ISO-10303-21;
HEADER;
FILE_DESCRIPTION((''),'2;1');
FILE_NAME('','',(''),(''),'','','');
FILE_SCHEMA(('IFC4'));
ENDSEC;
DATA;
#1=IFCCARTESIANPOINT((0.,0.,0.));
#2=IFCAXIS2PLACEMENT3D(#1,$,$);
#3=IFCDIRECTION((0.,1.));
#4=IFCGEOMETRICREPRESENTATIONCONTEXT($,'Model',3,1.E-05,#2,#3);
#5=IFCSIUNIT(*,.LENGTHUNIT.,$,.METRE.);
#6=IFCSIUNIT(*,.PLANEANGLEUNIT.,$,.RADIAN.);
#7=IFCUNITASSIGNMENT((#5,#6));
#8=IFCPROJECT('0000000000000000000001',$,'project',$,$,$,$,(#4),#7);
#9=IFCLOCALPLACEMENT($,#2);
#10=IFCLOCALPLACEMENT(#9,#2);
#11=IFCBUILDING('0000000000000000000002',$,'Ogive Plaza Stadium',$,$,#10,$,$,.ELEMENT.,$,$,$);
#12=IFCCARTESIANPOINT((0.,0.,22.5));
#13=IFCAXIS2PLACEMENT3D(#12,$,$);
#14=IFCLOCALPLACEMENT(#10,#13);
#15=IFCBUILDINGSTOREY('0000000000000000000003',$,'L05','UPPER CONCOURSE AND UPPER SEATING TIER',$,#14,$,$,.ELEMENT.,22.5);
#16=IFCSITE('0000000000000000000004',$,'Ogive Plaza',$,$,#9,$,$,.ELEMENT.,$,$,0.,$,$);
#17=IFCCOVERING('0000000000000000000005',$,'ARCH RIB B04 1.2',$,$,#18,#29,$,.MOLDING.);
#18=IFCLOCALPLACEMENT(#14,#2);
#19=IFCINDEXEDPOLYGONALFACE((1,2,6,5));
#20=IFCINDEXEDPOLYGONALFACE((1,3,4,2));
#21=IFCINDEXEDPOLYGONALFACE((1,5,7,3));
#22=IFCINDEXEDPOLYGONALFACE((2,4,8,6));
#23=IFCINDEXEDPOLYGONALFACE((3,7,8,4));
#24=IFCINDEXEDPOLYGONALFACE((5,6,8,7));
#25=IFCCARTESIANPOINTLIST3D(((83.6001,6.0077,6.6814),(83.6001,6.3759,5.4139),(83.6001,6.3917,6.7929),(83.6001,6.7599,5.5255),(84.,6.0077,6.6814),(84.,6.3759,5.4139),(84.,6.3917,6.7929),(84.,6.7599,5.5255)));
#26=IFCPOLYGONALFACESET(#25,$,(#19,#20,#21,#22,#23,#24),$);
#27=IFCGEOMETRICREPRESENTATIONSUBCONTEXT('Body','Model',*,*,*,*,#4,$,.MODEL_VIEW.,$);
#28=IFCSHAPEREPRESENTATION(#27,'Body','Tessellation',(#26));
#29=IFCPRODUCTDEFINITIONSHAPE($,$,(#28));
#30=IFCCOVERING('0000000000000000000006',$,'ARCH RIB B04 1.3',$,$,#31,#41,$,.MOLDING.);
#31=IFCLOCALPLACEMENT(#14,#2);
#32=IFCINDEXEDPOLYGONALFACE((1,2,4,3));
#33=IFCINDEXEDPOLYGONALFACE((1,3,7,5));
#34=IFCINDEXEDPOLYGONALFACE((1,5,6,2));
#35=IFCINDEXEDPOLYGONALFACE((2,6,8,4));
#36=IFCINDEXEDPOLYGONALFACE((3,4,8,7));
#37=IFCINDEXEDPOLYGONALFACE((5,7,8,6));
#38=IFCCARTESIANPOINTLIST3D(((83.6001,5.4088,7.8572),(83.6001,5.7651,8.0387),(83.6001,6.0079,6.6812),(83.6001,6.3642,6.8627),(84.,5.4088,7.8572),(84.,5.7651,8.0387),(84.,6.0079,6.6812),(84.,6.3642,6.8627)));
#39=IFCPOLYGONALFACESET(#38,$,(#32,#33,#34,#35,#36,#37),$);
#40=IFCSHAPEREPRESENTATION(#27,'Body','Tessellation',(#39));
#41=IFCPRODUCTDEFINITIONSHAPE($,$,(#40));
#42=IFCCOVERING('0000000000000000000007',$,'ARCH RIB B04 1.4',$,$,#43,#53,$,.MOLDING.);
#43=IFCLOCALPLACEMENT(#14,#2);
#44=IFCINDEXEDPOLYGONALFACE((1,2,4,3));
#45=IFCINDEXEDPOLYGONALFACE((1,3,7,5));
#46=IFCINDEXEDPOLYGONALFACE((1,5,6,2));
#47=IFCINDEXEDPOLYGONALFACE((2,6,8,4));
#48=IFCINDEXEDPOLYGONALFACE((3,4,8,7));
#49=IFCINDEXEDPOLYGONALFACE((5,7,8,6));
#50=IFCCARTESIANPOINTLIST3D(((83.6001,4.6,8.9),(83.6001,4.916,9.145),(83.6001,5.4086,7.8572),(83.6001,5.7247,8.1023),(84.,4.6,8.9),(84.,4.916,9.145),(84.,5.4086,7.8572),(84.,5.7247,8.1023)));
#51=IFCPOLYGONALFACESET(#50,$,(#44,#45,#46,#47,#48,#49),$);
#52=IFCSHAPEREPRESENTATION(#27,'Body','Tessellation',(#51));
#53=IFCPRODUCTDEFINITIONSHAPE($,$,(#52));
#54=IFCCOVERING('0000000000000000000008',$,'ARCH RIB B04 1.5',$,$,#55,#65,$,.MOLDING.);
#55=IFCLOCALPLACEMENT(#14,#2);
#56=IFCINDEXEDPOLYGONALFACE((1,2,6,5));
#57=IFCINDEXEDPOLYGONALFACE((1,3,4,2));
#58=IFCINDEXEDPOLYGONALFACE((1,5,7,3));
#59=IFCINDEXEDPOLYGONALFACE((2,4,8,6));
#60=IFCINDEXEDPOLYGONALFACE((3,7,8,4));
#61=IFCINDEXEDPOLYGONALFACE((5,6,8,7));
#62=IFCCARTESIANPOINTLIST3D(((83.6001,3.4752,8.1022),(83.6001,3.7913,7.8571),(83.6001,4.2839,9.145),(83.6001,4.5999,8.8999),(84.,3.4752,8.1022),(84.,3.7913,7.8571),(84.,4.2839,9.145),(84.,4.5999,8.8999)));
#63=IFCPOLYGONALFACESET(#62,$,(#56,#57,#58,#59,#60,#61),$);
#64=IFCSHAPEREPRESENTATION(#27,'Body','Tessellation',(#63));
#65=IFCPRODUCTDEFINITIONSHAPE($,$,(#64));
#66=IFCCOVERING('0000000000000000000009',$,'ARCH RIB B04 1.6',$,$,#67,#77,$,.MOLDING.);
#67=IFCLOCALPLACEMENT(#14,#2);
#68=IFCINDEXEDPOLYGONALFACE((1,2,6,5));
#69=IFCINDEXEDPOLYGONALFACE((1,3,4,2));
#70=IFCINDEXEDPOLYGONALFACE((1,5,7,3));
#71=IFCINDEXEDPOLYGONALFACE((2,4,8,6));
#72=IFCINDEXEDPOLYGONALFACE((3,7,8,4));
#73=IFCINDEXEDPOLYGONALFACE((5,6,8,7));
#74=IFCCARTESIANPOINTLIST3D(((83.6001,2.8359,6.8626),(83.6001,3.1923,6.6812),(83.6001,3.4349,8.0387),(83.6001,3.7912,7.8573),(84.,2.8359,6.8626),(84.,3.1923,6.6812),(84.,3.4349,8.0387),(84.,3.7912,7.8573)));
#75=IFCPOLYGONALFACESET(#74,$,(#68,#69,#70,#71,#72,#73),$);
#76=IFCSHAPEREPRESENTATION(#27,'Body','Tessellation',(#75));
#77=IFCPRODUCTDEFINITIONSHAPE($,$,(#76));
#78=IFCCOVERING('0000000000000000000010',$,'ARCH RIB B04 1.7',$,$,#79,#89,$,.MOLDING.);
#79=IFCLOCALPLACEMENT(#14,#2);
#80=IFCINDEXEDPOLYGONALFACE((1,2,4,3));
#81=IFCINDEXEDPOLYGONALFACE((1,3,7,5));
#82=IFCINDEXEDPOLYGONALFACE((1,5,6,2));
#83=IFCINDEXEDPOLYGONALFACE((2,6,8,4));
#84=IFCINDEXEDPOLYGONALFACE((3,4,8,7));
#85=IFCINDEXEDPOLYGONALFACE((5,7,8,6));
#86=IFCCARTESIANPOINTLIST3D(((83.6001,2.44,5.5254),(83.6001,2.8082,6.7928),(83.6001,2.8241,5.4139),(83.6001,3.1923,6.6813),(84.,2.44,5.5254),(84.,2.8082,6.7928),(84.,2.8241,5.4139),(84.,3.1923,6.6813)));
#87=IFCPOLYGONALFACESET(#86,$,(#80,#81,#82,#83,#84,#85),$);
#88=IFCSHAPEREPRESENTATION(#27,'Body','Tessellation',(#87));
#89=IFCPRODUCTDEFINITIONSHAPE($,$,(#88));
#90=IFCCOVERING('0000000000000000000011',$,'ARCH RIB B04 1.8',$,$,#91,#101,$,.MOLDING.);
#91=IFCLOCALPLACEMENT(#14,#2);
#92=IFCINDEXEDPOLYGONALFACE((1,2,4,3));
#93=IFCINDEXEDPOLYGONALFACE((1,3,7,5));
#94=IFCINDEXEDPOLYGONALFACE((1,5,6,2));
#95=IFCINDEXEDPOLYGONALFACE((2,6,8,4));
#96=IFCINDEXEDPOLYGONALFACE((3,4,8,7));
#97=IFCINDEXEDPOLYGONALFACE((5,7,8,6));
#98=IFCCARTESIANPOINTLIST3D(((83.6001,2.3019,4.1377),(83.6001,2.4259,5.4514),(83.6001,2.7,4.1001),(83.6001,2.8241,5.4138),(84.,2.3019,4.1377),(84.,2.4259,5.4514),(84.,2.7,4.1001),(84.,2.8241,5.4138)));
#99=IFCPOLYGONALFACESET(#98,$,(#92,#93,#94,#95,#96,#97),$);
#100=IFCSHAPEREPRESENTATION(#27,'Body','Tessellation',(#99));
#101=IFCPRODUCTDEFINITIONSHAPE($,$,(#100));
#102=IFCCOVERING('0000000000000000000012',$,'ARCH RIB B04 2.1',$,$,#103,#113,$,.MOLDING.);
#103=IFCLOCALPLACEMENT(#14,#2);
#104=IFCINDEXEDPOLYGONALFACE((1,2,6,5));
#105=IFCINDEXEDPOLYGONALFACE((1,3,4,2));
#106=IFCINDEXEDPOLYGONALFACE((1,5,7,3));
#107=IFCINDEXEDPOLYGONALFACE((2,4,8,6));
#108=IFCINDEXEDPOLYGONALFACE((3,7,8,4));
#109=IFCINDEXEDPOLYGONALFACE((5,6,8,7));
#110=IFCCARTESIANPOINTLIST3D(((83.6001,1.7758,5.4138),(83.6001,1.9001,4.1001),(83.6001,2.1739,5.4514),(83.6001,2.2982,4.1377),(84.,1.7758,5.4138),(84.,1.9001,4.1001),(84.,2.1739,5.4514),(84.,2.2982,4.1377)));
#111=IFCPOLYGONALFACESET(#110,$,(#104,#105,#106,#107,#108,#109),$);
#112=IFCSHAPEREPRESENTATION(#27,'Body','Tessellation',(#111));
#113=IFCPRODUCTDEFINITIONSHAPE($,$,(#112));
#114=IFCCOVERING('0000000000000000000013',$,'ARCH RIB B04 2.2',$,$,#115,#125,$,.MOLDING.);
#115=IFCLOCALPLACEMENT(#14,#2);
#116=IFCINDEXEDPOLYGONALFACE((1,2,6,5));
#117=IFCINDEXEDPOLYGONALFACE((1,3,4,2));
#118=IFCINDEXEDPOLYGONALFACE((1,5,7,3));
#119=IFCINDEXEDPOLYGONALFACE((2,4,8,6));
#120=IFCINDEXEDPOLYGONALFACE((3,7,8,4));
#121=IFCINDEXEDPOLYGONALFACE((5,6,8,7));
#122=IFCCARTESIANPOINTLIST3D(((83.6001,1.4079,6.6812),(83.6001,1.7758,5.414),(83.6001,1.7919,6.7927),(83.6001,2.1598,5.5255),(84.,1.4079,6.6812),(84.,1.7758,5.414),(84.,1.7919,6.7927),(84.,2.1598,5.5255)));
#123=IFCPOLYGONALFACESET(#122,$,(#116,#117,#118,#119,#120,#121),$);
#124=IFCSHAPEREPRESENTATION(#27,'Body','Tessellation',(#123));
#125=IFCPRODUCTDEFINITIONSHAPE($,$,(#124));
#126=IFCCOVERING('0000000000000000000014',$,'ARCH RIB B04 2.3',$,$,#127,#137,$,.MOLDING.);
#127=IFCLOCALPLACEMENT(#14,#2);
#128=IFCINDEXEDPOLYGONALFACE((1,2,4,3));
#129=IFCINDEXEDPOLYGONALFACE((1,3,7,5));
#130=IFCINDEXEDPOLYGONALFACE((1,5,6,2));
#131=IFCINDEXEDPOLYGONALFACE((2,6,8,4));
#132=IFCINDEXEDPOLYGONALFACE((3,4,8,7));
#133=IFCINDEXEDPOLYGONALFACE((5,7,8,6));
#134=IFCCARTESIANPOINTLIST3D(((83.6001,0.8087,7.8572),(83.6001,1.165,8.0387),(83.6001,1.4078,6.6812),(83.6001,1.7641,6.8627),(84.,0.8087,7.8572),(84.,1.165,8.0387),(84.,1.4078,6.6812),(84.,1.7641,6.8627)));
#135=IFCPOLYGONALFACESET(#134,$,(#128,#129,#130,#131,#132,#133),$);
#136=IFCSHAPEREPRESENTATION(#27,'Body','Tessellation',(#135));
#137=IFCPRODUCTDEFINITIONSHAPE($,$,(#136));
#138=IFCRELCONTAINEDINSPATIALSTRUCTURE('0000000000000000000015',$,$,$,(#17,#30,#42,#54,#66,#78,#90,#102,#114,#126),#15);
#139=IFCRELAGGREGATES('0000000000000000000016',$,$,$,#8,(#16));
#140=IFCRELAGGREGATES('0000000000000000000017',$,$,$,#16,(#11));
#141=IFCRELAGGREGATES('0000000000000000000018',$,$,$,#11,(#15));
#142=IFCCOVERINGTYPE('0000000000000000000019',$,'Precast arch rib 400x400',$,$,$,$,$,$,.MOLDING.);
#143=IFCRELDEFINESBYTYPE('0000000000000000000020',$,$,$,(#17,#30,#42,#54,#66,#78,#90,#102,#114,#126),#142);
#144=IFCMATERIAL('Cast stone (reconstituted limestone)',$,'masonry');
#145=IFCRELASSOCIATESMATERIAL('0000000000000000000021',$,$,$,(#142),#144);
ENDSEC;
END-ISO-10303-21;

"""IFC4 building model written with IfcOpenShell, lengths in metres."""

from ifc_helpers import new_model, si_unit, direction, frame, origin, origin_2d, place, context, subcontext, project, spatial, rectangle, extrude, material, material_profile, profile_set, type_object, element, save


model = new_model("IFC4")

# Units and contexts
model_context = context("Model", 3, precision=1e-05, world=origin(), true_north=direction((0.0, 1.0)))
body_context = subcontext(model_context, "Body", "Model", "MODEL_VIEW")
ifc_project = project(units=[si_unit("LENGTHUNIT", "METRE"), si_unit("PLANEANGLEUNIT", "RADIAN")], contexts=[model_context])

# Site, building, storey
site_placement = place(None, origin())
site = spatial("IfcSite", under=ifc_project, at=site_placement, Name="Ogive Plaza", CompositionType="ELEMENT", RefElevation=0.0)
building_placement = place(site_placement, origin())
building = spatial("IfcBuilding", under=site, at=building_placement, Name="Ogive Plaza Stadium", CompositionType="ELEMENT")
storey_placement = place(building_placement, frame((0.0, 0.0, 22.5)))
storey = spatial("IfcBuildingStorey", under=building, at=storey_placement, Name="L05", Description="UPPER CONCOURSE AND UPPER SEATING TIER", CompositionType="ELEMENT", Elevation=22.5)

# Coverings
ifc_material_1 = material(Name="Cast stone (reconstituted limestone)", Category="masonry")
ifc_material_profile_1 = material_profile(ifc_material_1, rectangle(XDim=0.3999, YDim=0.3999, at=origin_2d()), Name="Cast stone 400x400")
ifc_profile_set_1 = profile_set([ifc_material_profile_1], Name="Cast stone (reconstituted limestone)")
covering_type = type_object("IfcCoveringType", Name="Precast arch rib 400x400", PredefinedType="MOLDING", material=ifc_profile_set_1)
for number, where, z_axis, x_axis, name in (
    (1, (83.8, 6.5679, 5.4697), (0.0, -0.27897, 0.9603), (1.0, 0.0, 0.0), "ARCH RIB B04 1.2"),
    (2, (83.8, 6.186, 6.772), (0.0, -0.453934, 0.891035), (1.0, 0.0, 0.0), "ARCH RIB B04 1.3"),
):
    element("IfcCovering", number, at=place(storey_placement, frame(where, z_axis=z_axis, x_axis=x_axis)), inside=storey, type_object=covering_type, Name=name, PredefinedType="MOLDING", context=body_context, shape_type="SweptSolid", body=[
        extrude(rectangle(XDim=0.3999, YDim=0.3999, at=origin_2d()), origin(), (0.0, 0.0, 1.0), 1.3198),
    ])
for number, where, z_axis, x_axis, name in (
    (3, (83.8, 5.5667, 7.9797), (0.0, -0.6128, 0.790238), (1.0, 0.0, 0.0), "ARCH RIB B04 1.4"),
    (4, (83.8, 4.4419, 9.0225), (0.0, -0.6128, -0.790238), (1.0, 0.0, 0.0), "ARCH RIB B04 1.5"),
):
    element("IfcCovering", number, at=place(storey_placement, frame(where, z_axis=z_axis, x_axis=x_axis)), inside=storey, type_object=covering_type, Name=name, PredefinedType="MOLDING", context=body_context, shape_type="SweptSolid", body=[
        extrude(rectangle(XDim=0.3999, YDim=0.3999, at=origin_2d()), origin(), (0.0, 0.0, 1.0), 1.3196),
    ])
for number, where, z_axis, x_axis, name in (
    (5, (83.8, 3.613, 7.948), (0.0, -0.453787, -0.89111), (1.0, 0.0, 0.0), "ARCH RIB B04 1.6"),
    (6, (83.8, 3.0002, 6.7371), (0.0, -0.27897, -0.9603), (1.0, 0.0, 0.0), "ARCH RIB B04 1.7"),
):
    element("IfcCovering", number, at=place(storey_placement, frame(where, z_axis=z_axis, x_axis=x_axis)), inside=storey, type_object=covering_type, Name=name, PredefinedType="MOLDING", context=body_context, shape_type="SweptSolid", body=[
        extrude(rectangle(XDim=0.3999, YDim=0.3999, at=origin_2d()), origin(), (0.0, 0.0, 1.0), 1.3198),
    ])
for number, where, z_axis, x_axis, name in (
    (7, (83.8, 2.625, 5.4326), (0.0, -0.093988, -0.995573), (1.0, 0.0, 0.0), "ARCH RIB B04 1.8"),
    (8, (83.8, 2.0991, 4.1189), (0.0, -0.094172, 0.995556), (1.0, 0.0, 0.0), "ARCH RIB B04 2.1"),
    (9, (83.8, 1.9678, 5.4697), (0.0, -0.278799, 0.960349), (1.0, 0.0, 0.0), "ARCH RIB B04 2.2"),
):
    element("IfcCovering", number, at=place(storey_placement, frame(where, z_axis=z_axis, x_axis=x_axis)), inside=storey, type_object=covering_type, Name=name, PredefinedType="MOLDING", context=body_context, shape_type="SweptSolid", body=[
        extrude(rectangle(XDim=0.3999, YDim=0.3999, at=origin_2d()), origin(), (0.0, 0.0, 1.0), 1.3196),
    ])
covering_1_placement = place(storey_placement, frame((83.8, 1.5859, 6.772), z_axis=(0.0, -0.453934, 0.891035), x_axis=(1.0, 0.0, 0.0)))
element("IfcCovering", 10, at=covering_1_placement, inside=storey, type_object=covering_type, Name="ARCH RIB B04 2.3", PredefinedType="MOLDING", context=body_context, shape_type="SweptSolid", body=[
    extrude(rectangle(XDim=0.3999, YDim=0.3999, at=origin_2d()), origin(), (0.0, 0.0, 1.0), 1.3198),
])

save(model, "model.ifc")
